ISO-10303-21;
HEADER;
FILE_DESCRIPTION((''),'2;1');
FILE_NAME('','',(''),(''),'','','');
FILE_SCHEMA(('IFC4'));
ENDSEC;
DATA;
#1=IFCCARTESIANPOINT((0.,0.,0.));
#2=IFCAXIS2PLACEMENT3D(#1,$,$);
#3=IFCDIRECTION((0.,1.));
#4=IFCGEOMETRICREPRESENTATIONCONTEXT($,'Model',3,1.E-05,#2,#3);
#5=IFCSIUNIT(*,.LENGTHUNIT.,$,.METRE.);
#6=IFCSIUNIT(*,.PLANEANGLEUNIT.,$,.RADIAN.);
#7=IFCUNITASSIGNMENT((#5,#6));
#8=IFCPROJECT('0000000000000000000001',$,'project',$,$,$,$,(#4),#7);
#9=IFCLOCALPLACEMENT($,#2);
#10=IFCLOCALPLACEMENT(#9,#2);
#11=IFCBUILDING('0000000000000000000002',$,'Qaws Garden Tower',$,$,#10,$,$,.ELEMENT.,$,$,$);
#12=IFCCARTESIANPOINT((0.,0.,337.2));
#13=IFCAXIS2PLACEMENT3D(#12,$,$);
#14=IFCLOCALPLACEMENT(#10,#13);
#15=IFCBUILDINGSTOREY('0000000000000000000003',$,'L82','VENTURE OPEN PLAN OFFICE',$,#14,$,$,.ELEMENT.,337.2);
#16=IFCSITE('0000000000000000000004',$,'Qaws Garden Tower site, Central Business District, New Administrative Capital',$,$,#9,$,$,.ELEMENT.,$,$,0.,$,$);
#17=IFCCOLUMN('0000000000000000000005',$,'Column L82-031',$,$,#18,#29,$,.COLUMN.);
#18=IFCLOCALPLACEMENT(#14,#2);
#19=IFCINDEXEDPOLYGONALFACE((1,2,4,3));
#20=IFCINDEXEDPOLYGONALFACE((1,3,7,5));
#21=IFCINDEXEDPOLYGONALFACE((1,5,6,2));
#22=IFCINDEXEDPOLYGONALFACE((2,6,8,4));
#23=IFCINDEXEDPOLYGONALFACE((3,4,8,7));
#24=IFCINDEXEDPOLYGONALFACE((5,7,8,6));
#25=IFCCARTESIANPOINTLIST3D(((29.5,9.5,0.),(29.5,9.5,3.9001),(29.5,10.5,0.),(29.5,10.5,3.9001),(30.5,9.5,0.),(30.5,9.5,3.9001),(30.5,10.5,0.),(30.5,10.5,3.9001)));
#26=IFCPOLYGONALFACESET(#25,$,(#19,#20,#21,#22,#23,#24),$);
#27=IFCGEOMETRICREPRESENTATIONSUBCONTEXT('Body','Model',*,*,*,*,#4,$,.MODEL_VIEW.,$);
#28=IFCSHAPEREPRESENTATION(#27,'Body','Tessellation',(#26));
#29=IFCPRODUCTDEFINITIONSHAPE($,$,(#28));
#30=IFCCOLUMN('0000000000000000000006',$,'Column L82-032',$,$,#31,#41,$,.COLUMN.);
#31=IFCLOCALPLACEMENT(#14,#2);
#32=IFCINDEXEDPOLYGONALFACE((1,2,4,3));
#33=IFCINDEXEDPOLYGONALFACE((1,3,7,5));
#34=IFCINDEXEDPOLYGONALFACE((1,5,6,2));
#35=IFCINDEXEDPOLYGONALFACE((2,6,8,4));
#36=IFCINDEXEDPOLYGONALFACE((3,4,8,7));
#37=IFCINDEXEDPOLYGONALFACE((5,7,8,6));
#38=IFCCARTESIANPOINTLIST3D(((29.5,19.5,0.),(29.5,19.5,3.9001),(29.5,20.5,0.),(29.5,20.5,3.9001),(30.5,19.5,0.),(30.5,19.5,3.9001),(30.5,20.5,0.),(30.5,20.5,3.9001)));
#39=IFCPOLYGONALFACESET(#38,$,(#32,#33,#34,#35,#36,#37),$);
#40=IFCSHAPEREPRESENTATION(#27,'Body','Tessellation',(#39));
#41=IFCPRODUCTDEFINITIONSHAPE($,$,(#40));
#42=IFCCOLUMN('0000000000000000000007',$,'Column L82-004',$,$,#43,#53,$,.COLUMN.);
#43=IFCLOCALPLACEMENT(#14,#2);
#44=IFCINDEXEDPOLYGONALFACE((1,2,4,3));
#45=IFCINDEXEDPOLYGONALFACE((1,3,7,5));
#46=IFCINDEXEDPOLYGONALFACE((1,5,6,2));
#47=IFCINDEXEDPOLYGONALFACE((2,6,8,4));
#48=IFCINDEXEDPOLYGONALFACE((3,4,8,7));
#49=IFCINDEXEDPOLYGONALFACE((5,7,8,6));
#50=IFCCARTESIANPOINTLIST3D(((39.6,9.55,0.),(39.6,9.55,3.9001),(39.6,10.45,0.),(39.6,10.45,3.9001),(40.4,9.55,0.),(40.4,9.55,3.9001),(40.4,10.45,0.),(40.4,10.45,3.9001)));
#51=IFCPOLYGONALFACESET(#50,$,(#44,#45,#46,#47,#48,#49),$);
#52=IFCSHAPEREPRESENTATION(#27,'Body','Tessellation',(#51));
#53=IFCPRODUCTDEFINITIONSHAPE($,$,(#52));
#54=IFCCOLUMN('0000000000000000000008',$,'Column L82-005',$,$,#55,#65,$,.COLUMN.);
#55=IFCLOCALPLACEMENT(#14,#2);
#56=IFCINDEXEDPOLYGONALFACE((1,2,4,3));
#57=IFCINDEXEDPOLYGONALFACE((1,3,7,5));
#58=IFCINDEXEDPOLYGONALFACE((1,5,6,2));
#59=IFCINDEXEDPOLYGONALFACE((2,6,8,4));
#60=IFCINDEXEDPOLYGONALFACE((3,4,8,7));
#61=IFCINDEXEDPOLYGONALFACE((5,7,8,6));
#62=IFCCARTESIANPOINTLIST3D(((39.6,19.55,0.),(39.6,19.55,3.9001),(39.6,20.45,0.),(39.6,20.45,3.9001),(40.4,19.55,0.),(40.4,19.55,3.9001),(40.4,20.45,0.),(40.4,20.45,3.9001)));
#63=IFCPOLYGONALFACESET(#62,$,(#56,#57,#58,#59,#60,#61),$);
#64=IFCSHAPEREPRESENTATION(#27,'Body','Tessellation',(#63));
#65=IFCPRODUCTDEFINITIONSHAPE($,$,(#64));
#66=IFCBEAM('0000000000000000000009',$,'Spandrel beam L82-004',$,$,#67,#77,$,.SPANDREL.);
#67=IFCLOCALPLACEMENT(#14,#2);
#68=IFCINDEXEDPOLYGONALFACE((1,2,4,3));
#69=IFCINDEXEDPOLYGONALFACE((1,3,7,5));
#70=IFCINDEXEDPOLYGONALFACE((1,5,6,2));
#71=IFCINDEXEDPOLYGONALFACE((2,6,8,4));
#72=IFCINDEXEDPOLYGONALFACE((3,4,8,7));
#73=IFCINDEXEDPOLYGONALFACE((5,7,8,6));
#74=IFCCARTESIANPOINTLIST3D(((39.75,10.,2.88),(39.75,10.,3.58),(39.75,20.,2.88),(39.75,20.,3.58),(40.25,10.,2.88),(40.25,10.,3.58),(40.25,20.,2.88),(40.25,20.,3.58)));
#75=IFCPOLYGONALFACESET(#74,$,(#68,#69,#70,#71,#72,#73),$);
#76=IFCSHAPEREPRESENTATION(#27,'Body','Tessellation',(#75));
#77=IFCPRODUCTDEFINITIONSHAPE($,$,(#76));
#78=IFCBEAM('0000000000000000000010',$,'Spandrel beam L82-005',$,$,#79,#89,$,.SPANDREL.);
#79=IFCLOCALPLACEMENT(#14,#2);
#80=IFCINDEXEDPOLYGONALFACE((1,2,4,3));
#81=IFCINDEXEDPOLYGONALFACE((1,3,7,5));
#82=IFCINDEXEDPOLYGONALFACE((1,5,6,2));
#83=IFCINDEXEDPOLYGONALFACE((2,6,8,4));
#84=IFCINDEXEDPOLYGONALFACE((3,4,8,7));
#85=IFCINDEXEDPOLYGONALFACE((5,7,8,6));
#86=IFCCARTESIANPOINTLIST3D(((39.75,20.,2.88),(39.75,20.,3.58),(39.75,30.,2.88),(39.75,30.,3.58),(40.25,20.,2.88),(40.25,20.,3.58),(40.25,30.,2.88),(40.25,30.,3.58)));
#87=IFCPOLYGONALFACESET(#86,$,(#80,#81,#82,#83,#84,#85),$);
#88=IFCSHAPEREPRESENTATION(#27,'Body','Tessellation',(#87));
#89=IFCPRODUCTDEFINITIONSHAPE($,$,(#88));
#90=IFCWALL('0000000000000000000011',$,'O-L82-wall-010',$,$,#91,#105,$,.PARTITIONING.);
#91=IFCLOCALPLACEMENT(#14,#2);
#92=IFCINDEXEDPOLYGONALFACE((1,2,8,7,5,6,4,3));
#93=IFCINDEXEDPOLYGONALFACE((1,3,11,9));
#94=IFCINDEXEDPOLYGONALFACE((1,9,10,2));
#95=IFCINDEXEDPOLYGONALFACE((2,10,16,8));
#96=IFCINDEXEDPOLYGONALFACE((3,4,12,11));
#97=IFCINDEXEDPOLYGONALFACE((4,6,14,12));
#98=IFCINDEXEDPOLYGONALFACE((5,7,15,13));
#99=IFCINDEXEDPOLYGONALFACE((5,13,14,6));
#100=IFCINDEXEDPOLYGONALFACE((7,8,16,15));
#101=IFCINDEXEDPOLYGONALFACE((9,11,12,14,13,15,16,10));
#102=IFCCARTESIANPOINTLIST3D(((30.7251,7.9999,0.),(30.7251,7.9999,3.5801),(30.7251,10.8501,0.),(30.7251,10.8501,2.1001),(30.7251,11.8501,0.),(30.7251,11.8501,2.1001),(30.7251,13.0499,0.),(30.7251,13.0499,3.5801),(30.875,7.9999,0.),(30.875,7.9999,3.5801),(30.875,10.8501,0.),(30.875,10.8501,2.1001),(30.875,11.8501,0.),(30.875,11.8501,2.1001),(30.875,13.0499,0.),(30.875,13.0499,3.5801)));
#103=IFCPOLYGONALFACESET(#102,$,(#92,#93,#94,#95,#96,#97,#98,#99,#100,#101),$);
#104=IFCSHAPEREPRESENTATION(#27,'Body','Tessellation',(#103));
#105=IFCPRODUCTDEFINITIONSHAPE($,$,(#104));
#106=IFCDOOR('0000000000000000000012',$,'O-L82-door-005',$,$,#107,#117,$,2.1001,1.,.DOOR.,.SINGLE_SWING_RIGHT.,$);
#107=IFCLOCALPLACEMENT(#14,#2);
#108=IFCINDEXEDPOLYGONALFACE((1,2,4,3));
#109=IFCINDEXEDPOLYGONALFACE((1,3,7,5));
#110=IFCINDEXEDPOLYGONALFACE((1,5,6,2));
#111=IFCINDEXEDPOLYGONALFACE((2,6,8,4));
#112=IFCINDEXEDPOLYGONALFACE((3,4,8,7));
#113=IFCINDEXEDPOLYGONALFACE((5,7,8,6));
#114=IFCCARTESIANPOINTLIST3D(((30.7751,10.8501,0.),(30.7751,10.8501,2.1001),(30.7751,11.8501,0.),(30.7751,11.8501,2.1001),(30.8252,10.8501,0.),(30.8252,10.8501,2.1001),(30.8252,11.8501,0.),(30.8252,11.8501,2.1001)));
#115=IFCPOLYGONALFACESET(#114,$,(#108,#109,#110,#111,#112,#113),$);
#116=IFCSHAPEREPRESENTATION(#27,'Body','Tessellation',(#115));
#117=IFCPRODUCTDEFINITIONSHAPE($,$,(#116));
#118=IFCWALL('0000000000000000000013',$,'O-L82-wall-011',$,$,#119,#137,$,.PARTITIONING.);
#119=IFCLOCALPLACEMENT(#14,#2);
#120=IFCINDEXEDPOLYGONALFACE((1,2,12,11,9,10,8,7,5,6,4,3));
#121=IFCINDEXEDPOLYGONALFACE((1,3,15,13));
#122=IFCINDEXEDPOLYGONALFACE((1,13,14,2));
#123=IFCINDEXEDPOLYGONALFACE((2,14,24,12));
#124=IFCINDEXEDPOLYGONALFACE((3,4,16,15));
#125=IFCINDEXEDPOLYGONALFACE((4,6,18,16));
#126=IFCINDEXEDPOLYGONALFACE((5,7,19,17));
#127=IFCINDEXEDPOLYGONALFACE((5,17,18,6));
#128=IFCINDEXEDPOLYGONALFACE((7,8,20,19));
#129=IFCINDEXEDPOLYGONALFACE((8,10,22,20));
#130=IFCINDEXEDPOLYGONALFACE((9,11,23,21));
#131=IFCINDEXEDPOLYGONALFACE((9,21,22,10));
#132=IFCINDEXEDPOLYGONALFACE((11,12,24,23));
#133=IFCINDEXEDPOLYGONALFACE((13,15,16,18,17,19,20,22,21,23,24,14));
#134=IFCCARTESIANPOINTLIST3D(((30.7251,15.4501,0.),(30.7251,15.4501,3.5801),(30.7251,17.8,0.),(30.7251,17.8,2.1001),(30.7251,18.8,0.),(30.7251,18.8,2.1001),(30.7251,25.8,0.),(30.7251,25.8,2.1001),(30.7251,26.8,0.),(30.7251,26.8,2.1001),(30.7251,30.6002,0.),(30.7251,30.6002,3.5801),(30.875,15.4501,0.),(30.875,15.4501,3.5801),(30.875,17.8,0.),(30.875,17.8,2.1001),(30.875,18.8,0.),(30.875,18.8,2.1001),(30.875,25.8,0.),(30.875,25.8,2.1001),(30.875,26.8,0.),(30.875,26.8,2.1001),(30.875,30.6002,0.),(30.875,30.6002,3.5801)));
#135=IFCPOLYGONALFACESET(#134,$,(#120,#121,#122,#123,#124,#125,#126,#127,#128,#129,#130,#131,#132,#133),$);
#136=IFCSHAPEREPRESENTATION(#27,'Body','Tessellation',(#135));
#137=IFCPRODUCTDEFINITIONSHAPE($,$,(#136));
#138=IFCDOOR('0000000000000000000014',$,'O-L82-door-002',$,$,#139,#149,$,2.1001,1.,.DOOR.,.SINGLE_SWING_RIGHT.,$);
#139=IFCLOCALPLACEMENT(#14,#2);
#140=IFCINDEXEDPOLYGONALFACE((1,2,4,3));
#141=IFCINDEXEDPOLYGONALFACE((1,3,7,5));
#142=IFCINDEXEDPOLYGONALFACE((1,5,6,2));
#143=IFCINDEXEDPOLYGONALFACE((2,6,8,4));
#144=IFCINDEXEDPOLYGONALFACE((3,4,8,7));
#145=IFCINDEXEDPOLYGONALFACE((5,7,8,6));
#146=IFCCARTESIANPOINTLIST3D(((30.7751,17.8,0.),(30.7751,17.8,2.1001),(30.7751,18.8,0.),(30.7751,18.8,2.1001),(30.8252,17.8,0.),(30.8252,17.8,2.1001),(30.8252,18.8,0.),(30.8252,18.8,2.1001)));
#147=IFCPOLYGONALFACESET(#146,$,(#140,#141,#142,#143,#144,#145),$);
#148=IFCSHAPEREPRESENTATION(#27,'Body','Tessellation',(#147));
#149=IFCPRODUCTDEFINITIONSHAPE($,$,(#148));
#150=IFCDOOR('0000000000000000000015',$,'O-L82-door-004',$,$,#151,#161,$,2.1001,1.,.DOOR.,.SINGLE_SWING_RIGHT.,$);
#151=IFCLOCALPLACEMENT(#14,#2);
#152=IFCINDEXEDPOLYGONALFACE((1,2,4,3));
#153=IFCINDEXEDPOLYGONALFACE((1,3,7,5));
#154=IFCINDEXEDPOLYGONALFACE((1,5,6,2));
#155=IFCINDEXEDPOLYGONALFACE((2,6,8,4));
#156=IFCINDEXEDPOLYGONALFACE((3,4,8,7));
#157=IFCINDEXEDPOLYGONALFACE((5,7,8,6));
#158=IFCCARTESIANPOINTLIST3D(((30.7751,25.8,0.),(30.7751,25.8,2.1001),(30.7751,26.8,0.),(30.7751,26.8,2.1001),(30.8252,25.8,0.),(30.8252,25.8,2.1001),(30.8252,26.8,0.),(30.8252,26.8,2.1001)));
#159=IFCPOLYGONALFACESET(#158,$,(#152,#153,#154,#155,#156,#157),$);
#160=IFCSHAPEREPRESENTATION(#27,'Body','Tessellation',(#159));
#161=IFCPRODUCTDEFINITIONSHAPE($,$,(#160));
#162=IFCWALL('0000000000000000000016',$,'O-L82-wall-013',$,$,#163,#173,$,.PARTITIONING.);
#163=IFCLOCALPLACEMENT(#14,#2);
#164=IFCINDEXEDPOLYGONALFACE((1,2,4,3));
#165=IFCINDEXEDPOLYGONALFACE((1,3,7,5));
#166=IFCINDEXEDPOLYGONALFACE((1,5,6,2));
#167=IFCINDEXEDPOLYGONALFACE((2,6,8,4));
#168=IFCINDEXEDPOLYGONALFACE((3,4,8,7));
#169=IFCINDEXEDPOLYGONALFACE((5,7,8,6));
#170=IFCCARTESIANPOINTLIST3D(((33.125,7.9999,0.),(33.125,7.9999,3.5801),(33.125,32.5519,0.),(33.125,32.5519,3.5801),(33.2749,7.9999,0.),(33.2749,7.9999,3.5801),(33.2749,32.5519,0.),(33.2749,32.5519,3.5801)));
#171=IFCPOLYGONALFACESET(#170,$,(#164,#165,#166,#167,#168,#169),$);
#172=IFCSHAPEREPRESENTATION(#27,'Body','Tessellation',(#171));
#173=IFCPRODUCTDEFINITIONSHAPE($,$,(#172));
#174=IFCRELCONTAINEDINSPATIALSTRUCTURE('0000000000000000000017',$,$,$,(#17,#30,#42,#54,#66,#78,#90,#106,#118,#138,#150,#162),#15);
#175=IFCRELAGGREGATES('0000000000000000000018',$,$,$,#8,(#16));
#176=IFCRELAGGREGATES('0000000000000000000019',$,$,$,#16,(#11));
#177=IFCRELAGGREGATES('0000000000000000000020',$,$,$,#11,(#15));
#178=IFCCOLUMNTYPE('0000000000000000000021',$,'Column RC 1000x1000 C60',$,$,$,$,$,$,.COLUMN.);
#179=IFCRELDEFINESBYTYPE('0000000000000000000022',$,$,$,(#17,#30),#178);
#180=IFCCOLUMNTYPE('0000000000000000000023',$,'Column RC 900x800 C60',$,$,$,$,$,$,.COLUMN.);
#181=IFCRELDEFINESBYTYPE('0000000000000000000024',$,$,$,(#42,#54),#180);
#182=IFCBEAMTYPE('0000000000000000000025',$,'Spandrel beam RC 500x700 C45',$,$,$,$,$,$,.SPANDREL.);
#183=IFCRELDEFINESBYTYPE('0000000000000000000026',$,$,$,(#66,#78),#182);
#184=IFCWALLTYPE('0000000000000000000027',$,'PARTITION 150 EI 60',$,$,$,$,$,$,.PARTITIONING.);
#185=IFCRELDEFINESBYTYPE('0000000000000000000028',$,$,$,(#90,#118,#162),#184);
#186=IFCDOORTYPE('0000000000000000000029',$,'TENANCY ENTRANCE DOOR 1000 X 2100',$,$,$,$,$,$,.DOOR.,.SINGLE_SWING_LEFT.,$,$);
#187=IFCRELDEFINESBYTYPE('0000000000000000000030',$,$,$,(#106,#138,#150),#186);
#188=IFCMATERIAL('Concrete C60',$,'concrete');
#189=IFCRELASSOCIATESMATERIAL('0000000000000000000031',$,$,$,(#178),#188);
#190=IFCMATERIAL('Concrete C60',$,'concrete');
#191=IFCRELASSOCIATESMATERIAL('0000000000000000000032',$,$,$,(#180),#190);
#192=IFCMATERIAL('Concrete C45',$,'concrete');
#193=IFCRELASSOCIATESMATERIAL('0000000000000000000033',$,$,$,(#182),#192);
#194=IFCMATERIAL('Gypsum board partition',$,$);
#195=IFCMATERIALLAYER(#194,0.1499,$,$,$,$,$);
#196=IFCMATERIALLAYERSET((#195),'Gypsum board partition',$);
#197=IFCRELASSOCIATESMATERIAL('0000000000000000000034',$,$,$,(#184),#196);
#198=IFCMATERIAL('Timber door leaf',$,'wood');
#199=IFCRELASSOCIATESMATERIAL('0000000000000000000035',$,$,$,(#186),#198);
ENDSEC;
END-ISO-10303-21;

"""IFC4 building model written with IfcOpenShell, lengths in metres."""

from ifc_helpers import new_model, si_unit, direction, frame, frame_2d, origin, origin_2d, place, context, subcontext, project, spatial, rectangle, extrude, material, layer, layer_set, material_profile, profile_set, type_object, element, fill, save


model = new_model("IFC4")

# Units and contexts
model_context = context("Model", 3, precision=1e-05, world=origin(), true_north=direction((0.0, 1.0)))
body_context = subcontext(model_context, "Body", "Model", "MODEL_VIEW")
ifc_project = project(units=[si_unit("LENGTHUNIT", "METRE"), si_unit("PLANEANGLEUNIT", "RADIAN")], contexts=[model_context])

# Site, building, storey
site_placement = place(None, origin())
site = spatial("IfcSite", under=ifc_project, at=site_placement, Name="Qaws Garden Tower site, Central Business District, New Administrative Capital", CompositionType="ELEMENT", RefElevation=0.0)
building_placement = place(site_placement, origin())
building = spatial("IfcBuilding", under=site, at=building_placement, Name="Qaws Garden Tower", CompositionType="ELEMENT")
storey_placement = place(building_placement, frame((0.0, 0.0, 337.2)))
storey = spatial("IfcBuildingStorey", under=building, at=storey_placement, Name="L82", Description="VENTURE OPEN PLAN OFFICE", CompositionType="ELEMENT", Elevation=337.2)

# Columns
ifc_material_1 = material(Name="Concrete C60", Category="concrete")
ifc_material_profile_1 = material_profile(ifc_material_1, rectangle(XDim=1.0, YDim=1.0, at=origin_2d()), Name="RC 1000x1000")
ifc_profile_set_1 = profile_set([ifc_material_profile_1], Name="Concrete C60")
column_type_1 = type_object("IfcColumnType", Name="Column RC 1000x1000 C60", PredefinedType="COLUMN", material=ifc_profile_set_1)
for number, where, z_axis, x_axis, name in (
    (1, (30.0, 10.0, 0.0), (0.0, 0.0, 1.0), (1.0, 0.0, 0.0), "Column L82-031"),
    (2, (30.0, 20.0, 0.0), (0.0, 0.0, 1.0), (1.0, 0.0, 0.0), "Column L82-032"),
):
    element("IfcColumn", number, at=place(storey_placement, frame(where, z_axis=z_axis, x_axis=x_axis)), inside=storey, type_object=column_type_1, Name=name, PredefinedType="COLUMN", context=body_context, shape_type="SweptSolid", body=[
        extrude(rectangle(XDim=1.0, YDim=1.0, at=origin_2d()), origin(), (0.0, 0.0, 1.0), 3.9001),
    ])
ifc_material_2 = material(Name="Concrete C60", Category="concrete")
ifc_material_profile_2 = material_profile(ifc_material_2, rectangle(XDim=0.8999, YDim=0.8, at=origin_2d()), Name="RC 900x800")
ifc_profile_set_2 = profile_set([ifc_material_profile_2], Name="Concrete C60")
column_type_2 = type_object("IfcColumnType", Name="Column RC 900x800 C60", PredefinedType="COLUMN", material=ifc_profile_set_2)
for number, where, z_axis, x_axis, name in (
    (3, (40.0, 10.0, 0.0), (0.0, 0.0, 1.0), (0.0, 1.0, 0.0), "Column L82-004"),
    (4, (40.0, 20.0, 0.0), (0.0, 0.0, 1.0), (0.0, 1.0, 0.0), "Column L82-005"),
):
    element("IfcColumn", number, at=place(storey_placement, frame(where, z_axis=z_axis, x_axis=x_axis)), inside=storey, type_object=column_type_2, Name=name, PredefinedType="COLUMN", context=body_context, shape_type="SweptSolid", body=[
        extrude(rectangle(XDim=0.8999, YDim=0.8, at=origin_2d()), origin(), (0.0, 0.0, 1.0), 3.9001),
    ])

# Beams
ifc_material_3 = material(Name="Concrete C45", Category="concrete")
ifc_material_profile_3 = material_profile(ifc_material_3, rectangle(XDim=0.5, YDim=0.7, at=origin_2d()), Name="RC 500x700")
ifc_profile_set_3 = profile_set([ifc_material_profile_3], Name="Concrete C45")
beam_type = type_object("IfcBeamType", Name="Spandrel beam RC 500x700 C45", PredefinedType="SPANDREL", material=ifc_profile_set_3)
for number, where, z_axis, x_axis, name in (
    (5, (40.0, 10.0, 3.23), (0.0, 1.0, 0.0), (-1.0, 0.0, 0.0), "Spandrel beam L82-004"),
    (6, (40.0, 20.0, 3.23), (0.0, 1.0, 0.0), (-1.0, 0.0, 0.0), "Spandrel beam L82-005"),
):
    element("IfcBeam", number, at=place(storey_placement, frame(where, z_axis=z_axis, x_axis=x_axis)), inside=storey, type_object=beam_type, Name=name, PredefinedType="SPANDREL", context=body_context, shape_type="SweptSolid", body=[
        extrude(rectangle(XDim=0.5, YDim=0.7, at=origin_2d()), origin(), (0.0, 0.0, 1.0), 10.0),
    ])

# Wall, opening, door
ifc_material_4 = material(Name="Gypsum board partition")
ifc_layer_1 = layer(ifc_material_4, 0.1499)
ifc_layer_set_1 = layer_set([ifc_layer_1], Name="Gypsum board partition")
wall_type = type_object("IfcWallType", Name="PARTITION 150 EI 60", PredefinedType="PARTITIONING", material=ifc_layer_set_1)
wall_1_placement = place(storey_placement, frame((30.8, 8.0, 0.0), z_axis=(0.0, 0.0, 1.0), x_axis=(0.0, 1.0, 0.0)))
wall_1 = element("IfcWall", 7, at=wall_1_placement, inside=storey, type_object=wall_type, Name="O-L82-wall-010", PredefinedType="PARTITIONING", context=body_context, shape_type="SweptSolid", body=[
    extrude(rectangle(XDim=5.05, YDim=0.1499, at=frame_2d((2.5249, 0.0))), origin(), (0.0, 0.0, 1.0), 3.5801),
])
opening_1_placement = place(wall_1_placement, frame((2.8501, 0.0, 0.0)))
opening_1 = element("IfcOpeningElement", 8, at=opening_1_placement, cuts=wall_1, PredefinedType="OPENING", context=body_context, shape_type="SweptSolid", body=[
    extrude(rectangle(XDim=1.0, YDim=2.1001, at=frame_2d((0.5, 1.05))), frame((0.0, 0.085, 0.0), z_axis=(0.0, -1.0, 0.0), x_axis=(1.0, 0.0, 0.0)), (0.0, 0.0, 1.0), 0.1699),
])
ifc_material_5 = material(Name="Timber door leaf", Category="wood")
door_type = type_object("IfcDoorType", Name="TENANCY ENTRANCE DOOR 1000 X 2100", OperationType="SINGLE_SWING_LEFT", PredefinedType="DOOR", material=ifc_material_5)
door_1_placement = place(opening_1_placement, origin())
door_1 = element("IfcDoor", 9, at=door_1_placement, inside=storey, type_object=door_type, Name="O-L82-door-005", OperationType="SINGLE_SWING_RIGHT", OverallHeight=2.1001, OverallWidth=1.0, PredefinedType="DOOR", context=body_context, shape_type="SweptSolid", body=[
    extrude(rectangle(XDim=1.0, YDim=2.1001, at=frame_2d((0.5, 1.05))), frame((0.0, 0.0249, 0.0), z_axis=(0.0, -1.0, 0.0), x_axis=(1.0, 0.0, 0.0)), (0.0, 0.0, 1.0), 0.05),
])
fill(opening_1, door_1)

# Wall, openings, doors
wall_2_placement = place(storey_placement, frame((30.8, 15.45, 0.0), z_axis=(0.0, 0.0, 1.0), x_axis=(0.0, 1.0, 0.0)))
wall_2 = element("IfcWall", 10, at=wall_2_placement, inside=storey, type_object=wall_type, Name="O-L82-wall-011", PredefinedType="PARTITIONING", context=body_context, shape_type="SweptSolid", body=[
    extrude(rectangle(XDim=15.1501, YDim=0.1499, at=frame_2d((7.5752, 0.0))), origin(), (0.0, 0.0, 1.0), 3.5801),
])
opening_2_placement = place(wall_2_placement, frame((2.3501, 0.0, 0.0)))
opening_2 = element("IfcOpeningElement", 11, at=opening_2_placement, cuts=wall_2, PredefinedType="OPENING", context=body_context, shape_type="SweptSolid", body=[
    extrude(rectangle(XDim=1.0, YDim=2.1001, at=frame_2d((0.5, 1.05))), frame((0.0, 0.085, 0.0), z_axis=(0.0, -1.0, 0.0), x_axis=(1.0, 0.0, 0.0)), (0.0, 0.0, 1.0), 0.1699),
])
opening_3_placement = place(wall_2_placement, frame((10.3501, 0.0, 0.0)))
opening_3 = element("IfcOpeningElement", 12, at=opening_3_placement, cuts=wall_2, PredefinedType="OPENING", context=body_context, shape_type="SweptSolid", body=[
    extrude(rectangle(XDim=1.0, YDim=2.1001, at=frame_2d((0.5, 1.05))), frame((0.0, 0.085, 0.0), z_axis=(0.0, -1.0, 0.0), x_axis=(1.0, 0.0, 0.0)), (0.0, 0.0, 1.0), 0.1699),
])
door_2_placement = place(opening_2_placement, origin())
door_2 = element("IfcDoor", 13, at=door_2_placement, inside=storey, type_object=door_type, Name="O-L82-door-002", OperationType="SINGLE_SWING_RIGHT", OverallHeight=2.1001, OverallWidth=1.0, PredefinedType="DOOR", context=body_context, shape_type="SweptSolid", body=[
    extrude(rectangle(XDim=1.0, YDim=2.1001, at=frame_2d((0.5, 1.05))), frame((0.0, 0.0249, 0.0), z_axis=(0.0, -1.0, 0.0), x_axis=(1.0, 0.0, 0.0)), (0.0, 0.0, 1.0), 0.05),
])
fill(opening_2, door_2)
door_3_placement = place(opening_3_placement, origin())
door_3 = element("IfcDoor", 14, at=door_3_placement, inside=storey, type_object=door_type, Name="O-L82-door-004", OperationType="SINGLE_SWING_RIGHT", OverallHeight=2.1001, OverallWidth=1.0, PredefinedType="DOOR", context=body_context, shape_type="SweptSolid", body=[
    extrude(rectangle(XDim=1.0, YDim=2.1001, at=frame_2d((0.5, 1.05))), frame((0.0, 0.0249, 0.0), z_axis=(0.0, -1.0, 0.0), x_axis=(1.0, 0.0, 0.0)), (0.0, 0.0, 1.0), 0.05),
])
fill(opening_3, door_3)

# Wall
wall_3_placement = place(storey_placement, frame((33.2, 8.0, 0.0), z_axis=(0.0, 0.0, 1.0), x_axis=(0.0, 1.0, 0.0)))
element("IfcWall", 15, at=wall_3_placement, inside=storey, type_object=wall_type, Name="O-L82-wall-013", PredefinedType="PARTITIONING", context=body_context, shape_type="SweptSolid", body=[
    extrude(rectangle(XDim=24.552, YDim=0.1499, at=frame_2d((12.2759, 0.0))), origin(), (0.0, 0.0, 1.0), 3.5801),
])

save(model, "model.ifc")
